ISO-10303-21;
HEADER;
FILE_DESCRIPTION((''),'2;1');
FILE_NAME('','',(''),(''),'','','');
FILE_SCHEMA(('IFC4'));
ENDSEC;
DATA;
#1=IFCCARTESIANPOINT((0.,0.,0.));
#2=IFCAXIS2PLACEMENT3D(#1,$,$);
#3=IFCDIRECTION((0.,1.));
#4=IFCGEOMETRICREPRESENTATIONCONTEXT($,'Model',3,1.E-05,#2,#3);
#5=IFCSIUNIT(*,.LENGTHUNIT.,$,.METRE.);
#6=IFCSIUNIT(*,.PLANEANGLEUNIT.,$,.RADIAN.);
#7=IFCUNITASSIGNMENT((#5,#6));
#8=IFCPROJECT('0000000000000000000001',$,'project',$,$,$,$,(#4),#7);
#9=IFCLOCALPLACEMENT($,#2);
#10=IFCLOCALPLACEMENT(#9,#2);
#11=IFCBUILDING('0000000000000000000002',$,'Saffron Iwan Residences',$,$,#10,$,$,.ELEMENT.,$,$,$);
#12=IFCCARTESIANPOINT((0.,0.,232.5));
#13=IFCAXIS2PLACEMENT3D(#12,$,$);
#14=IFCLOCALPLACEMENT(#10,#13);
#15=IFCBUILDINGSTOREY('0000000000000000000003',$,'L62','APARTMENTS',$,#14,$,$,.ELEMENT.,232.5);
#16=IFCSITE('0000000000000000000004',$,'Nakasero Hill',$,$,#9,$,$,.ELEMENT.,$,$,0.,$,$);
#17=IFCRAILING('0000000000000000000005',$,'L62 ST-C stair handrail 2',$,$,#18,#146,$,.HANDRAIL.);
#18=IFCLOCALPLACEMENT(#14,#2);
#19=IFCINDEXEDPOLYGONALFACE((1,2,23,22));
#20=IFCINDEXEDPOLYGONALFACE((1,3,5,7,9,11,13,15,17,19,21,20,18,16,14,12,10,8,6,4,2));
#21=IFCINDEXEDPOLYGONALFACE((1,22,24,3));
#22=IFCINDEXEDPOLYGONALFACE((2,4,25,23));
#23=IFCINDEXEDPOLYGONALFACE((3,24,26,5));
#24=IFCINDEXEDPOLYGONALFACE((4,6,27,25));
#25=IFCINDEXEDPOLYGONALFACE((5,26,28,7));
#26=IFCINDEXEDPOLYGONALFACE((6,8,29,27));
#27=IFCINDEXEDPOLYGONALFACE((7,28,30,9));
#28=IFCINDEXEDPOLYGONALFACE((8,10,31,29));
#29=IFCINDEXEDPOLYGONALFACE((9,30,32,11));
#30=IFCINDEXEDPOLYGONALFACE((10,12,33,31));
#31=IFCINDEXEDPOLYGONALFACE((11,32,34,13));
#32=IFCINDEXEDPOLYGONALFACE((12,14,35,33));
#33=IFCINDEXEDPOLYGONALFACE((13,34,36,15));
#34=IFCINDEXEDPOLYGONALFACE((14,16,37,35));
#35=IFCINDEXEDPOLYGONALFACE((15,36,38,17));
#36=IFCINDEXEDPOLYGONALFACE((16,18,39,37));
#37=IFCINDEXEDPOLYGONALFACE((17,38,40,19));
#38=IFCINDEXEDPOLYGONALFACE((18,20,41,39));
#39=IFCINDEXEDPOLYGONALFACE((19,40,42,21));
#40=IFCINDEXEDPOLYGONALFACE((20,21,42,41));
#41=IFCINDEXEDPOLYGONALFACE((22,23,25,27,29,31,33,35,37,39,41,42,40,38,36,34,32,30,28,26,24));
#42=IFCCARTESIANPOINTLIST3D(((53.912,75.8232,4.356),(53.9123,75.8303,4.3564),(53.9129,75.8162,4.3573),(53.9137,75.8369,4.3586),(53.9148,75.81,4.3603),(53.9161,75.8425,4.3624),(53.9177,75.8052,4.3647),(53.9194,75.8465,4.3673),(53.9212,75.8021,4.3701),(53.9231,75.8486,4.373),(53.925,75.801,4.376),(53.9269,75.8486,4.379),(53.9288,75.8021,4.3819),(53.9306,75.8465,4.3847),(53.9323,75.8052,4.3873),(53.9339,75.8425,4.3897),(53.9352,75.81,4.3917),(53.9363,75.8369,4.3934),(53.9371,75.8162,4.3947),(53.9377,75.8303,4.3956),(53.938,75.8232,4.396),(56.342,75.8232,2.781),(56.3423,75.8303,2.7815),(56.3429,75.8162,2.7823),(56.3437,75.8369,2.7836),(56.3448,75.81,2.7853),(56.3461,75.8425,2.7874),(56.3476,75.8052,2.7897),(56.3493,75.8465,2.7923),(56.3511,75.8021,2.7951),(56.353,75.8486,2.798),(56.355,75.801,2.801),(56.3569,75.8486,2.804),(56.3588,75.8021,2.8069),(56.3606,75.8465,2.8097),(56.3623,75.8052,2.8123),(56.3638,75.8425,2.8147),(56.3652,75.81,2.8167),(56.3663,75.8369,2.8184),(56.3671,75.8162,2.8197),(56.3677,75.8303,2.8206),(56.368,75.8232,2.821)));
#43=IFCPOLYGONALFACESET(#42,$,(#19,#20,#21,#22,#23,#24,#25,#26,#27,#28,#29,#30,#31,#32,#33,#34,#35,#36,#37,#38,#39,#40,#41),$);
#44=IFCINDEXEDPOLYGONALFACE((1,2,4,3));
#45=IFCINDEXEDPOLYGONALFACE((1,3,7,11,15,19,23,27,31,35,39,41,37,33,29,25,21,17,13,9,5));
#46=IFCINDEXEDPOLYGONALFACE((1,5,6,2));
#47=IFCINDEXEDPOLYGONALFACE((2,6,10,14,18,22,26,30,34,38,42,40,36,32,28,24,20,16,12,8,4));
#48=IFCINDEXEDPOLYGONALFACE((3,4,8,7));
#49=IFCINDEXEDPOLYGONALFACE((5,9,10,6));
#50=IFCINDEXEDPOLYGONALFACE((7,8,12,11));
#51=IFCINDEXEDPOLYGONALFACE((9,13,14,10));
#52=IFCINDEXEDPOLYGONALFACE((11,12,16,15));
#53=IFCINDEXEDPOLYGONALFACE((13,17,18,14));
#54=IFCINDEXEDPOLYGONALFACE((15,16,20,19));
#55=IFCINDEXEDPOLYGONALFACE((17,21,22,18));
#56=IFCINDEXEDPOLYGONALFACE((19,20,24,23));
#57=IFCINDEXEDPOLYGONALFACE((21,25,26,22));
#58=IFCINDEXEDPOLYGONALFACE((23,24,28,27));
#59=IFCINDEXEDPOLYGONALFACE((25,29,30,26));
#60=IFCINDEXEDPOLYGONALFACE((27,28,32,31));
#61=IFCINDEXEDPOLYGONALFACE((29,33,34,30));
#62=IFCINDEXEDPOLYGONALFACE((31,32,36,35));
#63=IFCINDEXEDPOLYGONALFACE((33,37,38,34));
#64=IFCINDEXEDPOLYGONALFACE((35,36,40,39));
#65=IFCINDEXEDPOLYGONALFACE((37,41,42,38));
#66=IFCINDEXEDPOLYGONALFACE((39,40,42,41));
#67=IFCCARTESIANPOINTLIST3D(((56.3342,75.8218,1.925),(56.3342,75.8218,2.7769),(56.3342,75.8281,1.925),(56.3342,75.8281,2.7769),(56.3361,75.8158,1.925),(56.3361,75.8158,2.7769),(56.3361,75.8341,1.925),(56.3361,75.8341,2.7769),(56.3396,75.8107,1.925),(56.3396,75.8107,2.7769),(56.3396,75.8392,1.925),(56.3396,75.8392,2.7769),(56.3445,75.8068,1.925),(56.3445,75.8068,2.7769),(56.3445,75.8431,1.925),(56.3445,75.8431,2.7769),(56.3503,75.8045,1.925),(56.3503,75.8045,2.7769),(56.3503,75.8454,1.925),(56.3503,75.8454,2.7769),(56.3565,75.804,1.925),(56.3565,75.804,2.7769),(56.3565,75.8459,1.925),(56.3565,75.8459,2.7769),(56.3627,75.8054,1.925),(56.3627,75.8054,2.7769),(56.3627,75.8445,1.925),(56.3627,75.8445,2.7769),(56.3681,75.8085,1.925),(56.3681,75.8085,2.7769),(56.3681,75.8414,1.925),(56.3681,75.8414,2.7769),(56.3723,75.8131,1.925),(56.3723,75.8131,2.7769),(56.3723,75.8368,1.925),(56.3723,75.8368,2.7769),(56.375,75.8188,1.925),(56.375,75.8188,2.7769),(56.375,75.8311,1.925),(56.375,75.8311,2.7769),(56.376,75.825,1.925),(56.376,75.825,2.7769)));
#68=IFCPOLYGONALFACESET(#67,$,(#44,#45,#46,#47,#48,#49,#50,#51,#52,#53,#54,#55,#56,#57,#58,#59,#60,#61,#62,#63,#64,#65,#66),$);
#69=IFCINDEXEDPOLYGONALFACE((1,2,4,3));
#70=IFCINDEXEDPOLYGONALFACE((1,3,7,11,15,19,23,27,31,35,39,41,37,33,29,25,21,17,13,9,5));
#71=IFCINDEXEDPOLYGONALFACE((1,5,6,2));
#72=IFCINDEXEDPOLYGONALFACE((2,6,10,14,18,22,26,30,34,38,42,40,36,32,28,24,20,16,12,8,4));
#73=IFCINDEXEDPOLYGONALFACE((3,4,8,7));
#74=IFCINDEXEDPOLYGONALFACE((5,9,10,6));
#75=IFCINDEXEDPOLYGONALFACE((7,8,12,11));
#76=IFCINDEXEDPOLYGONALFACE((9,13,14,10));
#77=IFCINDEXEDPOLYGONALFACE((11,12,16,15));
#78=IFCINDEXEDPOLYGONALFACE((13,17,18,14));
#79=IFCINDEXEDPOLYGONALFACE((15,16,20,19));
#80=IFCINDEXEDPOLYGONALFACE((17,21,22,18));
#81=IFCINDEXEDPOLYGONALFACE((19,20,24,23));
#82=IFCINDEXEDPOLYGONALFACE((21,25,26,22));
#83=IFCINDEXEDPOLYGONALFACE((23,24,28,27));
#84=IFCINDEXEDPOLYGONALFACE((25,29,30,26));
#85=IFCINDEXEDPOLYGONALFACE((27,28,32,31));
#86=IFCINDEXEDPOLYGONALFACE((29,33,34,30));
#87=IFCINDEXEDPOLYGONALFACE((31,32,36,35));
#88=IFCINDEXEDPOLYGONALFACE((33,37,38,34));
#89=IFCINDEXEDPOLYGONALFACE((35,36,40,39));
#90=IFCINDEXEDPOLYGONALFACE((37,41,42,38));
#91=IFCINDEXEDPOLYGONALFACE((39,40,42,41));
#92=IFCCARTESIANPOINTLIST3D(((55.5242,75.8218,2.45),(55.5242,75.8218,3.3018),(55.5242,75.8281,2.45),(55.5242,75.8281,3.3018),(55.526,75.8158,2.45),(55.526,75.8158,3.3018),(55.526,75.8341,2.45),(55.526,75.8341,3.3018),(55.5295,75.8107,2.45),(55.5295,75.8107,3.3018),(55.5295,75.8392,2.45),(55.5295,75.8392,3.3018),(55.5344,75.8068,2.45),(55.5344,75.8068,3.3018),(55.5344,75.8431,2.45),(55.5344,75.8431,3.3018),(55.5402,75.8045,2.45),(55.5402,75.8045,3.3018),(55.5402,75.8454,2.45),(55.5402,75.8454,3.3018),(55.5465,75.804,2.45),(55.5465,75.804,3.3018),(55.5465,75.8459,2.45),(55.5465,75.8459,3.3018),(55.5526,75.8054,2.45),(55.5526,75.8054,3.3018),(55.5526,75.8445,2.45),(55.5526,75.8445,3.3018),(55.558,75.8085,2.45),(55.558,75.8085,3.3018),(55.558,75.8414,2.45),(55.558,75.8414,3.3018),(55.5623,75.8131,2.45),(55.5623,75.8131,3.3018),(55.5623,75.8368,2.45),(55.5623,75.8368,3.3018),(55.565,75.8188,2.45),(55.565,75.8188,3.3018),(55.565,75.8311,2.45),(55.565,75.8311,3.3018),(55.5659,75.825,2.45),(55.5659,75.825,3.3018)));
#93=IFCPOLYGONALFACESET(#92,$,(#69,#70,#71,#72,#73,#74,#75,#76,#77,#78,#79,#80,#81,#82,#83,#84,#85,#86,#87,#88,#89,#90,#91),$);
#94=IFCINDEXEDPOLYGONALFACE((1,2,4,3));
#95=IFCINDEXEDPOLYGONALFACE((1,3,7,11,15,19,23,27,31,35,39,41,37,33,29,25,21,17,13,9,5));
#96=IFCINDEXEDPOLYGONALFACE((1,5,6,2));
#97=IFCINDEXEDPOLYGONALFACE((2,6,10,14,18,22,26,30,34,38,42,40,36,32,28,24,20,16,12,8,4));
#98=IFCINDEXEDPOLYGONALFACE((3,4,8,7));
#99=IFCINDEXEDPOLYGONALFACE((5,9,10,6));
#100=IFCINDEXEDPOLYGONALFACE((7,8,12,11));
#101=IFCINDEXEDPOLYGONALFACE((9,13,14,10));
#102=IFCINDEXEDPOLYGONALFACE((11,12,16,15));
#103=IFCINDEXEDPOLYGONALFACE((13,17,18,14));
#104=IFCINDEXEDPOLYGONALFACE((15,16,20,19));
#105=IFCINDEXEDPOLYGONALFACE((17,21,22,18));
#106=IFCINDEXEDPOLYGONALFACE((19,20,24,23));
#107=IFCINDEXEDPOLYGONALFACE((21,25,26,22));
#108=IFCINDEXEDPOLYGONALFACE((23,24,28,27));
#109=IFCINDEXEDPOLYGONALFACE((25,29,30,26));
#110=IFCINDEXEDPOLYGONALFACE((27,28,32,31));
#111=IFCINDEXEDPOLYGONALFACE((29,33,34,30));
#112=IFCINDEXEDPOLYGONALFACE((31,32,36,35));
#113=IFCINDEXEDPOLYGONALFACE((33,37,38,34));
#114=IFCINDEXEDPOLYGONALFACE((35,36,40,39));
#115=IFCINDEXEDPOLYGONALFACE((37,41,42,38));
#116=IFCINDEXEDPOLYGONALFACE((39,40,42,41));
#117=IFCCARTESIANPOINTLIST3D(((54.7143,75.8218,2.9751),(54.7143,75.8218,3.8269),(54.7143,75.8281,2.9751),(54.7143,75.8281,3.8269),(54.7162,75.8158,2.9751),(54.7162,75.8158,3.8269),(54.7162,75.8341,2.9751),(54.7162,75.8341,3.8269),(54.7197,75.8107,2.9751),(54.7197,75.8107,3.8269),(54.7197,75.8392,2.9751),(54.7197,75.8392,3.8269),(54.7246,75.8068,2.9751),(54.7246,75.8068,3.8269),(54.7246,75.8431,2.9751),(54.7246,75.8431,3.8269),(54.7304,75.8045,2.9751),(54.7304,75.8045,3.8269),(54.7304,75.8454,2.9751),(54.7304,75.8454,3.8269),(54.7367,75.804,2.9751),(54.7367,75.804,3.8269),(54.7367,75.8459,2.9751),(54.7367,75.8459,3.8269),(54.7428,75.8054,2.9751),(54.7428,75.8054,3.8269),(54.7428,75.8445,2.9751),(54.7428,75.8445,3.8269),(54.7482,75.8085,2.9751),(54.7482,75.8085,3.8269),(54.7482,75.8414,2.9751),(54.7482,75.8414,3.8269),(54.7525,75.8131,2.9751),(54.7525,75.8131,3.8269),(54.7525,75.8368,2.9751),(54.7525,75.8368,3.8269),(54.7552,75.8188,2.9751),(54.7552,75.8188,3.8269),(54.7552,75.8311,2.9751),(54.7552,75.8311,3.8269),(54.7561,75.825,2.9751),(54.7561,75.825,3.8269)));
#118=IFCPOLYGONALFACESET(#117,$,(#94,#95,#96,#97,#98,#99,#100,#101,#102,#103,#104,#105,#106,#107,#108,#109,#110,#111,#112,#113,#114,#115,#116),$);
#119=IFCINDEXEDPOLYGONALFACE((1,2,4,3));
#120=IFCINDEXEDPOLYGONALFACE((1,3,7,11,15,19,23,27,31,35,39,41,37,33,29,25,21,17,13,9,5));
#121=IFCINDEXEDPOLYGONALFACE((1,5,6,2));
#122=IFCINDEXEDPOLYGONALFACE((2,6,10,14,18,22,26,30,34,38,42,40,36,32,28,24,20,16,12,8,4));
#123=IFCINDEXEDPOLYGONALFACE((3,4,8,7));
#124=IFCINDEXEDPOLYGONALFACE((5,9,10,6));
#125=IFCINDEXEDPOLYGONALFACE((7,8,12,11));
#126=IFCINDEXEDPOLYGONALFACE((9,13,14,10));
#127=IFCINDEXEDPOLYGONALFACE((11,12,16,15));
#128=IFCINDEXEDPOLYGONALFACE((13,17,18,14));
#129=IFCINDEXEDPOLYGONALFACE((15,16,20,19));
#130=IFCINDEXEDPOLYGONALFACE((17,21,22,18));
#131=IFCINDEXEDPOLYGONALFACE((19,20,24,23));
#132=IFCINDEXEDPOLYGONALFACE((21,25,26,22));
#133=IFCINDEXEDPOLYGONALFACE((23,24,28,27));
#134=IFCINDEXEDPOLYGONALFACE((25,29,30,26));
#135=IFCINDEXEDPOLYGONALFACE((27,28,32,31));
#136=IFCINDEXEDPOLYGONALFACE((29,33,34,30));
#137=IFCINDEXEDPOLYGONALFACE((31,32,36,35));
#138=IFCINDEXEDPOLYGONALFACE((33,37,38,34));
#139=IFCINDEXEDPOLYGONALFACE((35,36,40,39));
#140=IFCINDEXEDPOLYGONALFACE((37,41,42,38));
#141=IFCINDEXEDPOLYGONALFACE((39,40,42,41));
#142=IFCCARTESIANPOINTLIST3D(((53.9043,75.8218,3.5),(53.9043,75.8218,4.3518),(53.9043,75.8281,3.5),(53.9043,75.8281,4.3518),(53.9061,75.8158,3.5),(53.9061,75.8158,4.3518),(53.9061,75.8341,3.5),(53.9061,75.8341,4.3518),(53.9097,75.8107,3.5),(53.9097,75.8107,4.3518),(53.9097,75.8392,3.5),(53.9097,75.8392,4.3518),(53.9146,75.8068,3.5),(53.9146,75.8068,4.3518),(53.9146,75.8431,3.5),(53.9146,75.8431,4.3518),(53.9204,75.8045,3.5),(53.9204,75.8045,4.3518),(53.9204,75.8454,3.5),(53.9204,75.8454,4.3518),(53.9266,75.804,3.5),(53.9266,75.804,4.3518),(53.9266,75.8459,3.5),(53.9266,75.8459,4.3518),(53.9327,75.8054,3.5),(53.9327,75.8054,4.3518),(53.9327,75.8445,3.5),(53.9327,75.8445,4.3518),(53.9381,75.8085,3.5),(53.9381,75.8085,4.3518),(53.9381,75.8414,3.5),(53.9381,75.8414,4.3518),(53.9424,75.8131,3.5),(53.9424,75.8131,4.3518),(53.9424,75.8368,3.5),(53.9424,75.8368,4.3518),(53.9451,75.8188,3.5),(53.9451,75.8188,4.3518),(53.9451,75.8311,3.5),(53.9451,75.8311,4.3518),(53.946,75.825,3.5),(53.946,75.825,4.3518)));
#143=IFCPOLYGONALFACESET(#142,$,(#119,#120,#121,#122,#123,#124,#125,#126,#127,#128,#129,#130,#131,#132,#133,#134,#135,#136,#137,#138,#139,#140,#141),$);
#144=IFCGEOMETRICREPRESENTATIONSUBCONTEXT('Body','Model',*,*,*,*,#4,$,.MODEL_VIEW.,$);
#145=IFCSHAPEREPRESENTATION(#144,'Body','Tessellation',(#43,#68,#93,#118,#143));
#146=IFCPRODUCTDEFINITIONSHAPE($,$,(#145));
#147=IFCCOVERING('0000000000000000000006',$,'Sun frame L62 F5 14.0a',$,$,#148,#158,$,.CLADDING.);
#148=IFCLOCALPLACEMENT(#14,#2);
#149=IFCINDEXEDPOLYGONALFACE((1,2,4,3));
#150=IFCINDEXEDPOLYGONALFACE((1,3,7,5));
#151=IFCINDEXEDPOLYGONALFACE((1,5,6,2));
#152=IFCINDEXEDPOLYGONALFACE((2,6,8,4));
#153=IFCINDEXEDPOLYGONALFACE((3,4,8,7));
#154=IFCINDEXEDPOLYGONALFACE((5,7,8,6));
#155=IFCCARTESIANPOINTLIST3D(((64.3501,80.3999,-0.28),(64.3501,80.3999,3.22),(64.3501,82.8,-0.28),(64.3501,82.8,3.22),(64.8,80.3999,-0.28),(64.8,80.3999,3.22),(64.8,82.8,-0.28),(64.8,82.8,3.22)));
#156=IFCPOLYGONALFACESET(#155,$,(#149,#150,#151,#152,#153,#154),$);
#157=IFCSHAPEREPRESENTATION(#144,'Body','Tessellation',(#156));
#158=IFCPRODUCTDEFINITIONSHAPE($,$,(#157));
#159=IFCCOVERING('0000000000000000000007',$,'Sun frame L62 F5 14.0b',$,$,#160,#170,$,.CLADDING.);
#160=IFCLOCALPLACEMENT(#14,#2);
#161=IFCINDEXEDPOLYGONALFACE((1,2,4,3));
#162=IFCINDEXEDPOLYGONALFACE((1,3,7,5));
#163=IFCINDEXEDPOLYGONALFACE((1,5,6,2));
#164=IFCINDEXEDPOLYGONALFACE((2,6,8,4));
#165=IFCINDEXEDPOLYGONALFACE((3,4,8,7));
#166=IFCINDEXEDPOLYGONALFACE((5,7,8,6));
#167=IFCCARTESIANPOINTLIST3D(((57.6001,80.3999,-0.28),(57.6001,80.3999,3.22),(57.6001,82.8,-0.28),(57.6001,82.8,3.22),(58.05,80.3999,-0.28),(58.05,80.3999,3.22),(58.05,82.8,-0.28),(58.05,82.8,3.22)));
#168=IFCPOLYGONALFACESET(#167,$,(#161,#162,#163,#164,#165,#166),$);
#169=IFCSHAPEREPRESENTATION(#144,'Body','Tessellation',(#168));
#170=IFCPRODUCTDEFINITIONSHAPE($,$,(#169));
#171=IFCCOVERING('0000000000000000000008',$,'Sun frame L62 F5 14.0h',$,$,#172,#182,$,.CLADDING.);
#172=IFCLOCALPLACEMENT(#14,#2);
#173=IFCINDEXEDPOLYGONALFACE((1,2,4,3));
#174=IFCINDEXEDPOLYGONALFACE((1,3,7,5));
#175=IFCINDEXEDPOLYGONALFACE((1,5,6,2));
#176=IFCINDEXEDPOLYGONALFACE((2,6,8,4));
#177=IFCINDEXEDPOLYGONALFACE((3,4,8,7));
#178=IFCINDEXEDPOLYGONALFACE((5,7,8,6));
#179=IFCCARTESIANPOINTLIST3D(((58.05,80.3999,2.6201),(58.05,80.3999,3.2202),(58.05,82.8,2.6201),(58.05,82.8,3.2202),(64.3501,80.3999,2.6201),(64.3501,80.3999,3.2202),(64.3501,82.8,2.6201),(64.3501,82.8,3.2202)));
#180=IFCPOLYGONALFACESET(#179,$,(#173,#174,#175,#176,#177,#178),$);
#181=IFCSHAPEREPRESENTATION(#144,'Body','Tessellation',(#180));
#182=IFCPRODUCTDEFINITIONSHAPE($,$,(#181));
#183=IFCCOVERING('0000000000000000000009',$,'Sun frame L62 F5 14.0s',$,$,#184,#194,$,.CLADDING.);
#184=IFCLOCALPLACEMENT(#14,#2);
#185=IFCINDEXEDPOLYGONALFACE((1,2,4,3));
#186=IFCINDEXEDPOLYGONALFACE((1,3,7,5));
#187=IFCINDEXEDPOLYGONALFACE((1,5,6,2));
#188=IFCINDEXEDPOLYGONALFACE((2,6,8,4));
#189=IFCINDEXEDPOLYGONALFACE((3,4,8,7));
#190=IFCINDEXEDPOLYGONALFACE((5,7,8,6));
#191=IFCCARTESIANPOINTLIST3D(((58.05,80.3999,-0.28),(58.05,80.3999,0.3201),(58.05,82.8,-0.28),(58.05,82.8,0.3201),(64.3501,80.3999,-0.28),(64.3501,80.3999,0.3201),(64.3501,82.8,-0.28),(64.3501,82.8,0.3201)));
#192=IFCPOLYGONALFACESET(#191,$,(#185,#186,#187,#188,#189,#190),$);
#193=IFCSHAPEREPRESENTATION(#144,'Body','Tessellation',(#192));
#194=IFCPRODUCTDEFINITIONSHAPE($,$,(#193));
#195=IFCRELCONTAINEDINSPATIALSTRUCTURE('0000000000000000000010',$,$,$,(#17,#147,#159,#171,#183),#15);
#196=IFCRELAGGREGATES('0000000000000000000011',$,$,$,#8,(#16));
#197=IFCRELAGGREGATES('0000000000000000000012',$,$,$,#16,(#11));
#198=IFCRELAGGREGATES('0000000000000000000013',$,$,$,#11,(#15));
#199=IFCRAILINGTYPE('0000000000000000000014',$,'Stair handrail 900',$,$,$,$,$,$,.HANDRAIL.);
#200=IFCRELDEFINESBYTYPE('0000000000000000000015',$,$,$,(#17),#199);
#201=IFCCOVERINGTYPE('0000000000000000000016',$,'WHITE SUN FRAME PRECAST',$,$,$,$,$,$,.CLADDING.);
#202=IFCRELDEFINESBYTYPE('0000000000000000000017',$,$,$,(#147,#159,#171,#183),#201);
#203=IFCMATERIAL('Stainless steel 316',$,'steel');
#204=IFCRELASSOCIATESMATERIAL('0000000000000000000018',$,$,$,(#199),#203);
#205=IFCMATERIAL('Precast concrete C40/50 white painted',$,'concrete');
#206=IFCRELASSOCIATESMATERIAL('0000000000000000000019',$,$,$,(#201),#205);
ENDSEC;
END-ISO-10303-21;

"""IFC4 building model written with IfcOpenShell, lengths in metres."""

from ifc_helpers import new_model, si_unit, direction, frame, origin, origin_2d, place, context, subcontext, project, spatial, polyline, circle, outline, extrude, material, type_object, element, save


model = new_model("IFC4")

# Units and contexts
model_context = context("Model", 3, precision=1e-05, world=origin(), true_north=direction((0.0, 1.0)))
body_context = subcontext(model_context, "Body", "Model", "MODEL_VIEW")
ifc_project = project(units=[si_unit("LENGTHUNIT", "METRE"), si_unit("PLANEANGLEUNIT", "RADIAN")], contexts=[model_context])

# Site, building, storey
site_placement = place(None, origin())
site = spatial("IfcSite", under=ifc_project, at=site_placement, Name="Nakasero Hill", CompositionType="ELEMENT", RefElevation=0.0)
building_placement = place(site_placement, origin())
building = spatial("IfcBuilding", under=site, at=building_placement, Name="Saffron Iwan Residences", CompositionType="ELEMENT")
storey_placement = place(building_placement, frame((0.0, 0.0, 232.5)))
storey = spatial("IfcBuildingStorey", under=building, at=storey_placement, Name="L62", Description="APARTMENTS", CompositionType="ELEMENT", Elevation=232.5)

# Railing
ifc_material_1 = material(Name="Stainless steel 316", Category="steel")
railing_type = type_object("IfcRailingType", Name="Stair handrail 900", PredefinedType="HANDRAIL", material=ifc_material_1)
railing_placement = place(storey_placement, frame((56.355, 75.825, 1.925)))
element("IfcRailing", 1, at=railing_placement, inside=storey, type_object=railing_type, Name="L62 ST-C stair handrail 2", PredefinedType="HANDRAIL", context=body_context, shape_type="SweptSolid", body=[
    extrude(circle(Radius=0.0239, at=origin_2d()), frame((0.0, 0.0, 0.876), z_axis=(-0.839154, 0.0, 0.543894), x_axis=(0.0, -1.0, 0.0)), (0.0, 0.0, 1.0), 2.8958),
    extrude(circle(Radius=0.021, at=origin_2d()), origin(), (0.0, 0.0, 1.0), 0.8518),
    extrude(circle(Radius=0.021, at=origin_2d()), frame((-0.8101, 0.0, 0.5249)), (0.0, 0.0, 1.0), 0.8518),
    extrude(circle(Radius=0.021, at=origin_2d()), frame((-1.6199, 0.0, 1.05)), (0.0, 0.0, 1.0), 0.8518),
    extrude(circle(Radius=0.021, at=origin_2d()), frame((-2.4299, 0.0, 1.575)), (0.0, 0.0, 1.0), 0.8518),
])

# Coverings
ifc_material_2 = material(Name="Precast concrete C40/50 white painted", Category="concrete")
covering_type_1 = type_object("IfcCoveringType", Name="WHITE SUN FRAME PRECAST", PredefinedType="CLADDING", material=ifc_material_2)
for number, where, z_axis, x_axis, name in (
    (2, (64.8, 80.3999, -0.28), (0.0, 1.0, 0.0), (-1.0, 0.0, 0.0), "Sun frame L62 F5 14.0a"),
    (3, (58.05, 80.3999, -0.28), (0.0, 1.0, 0.0), (-1.0, 0.0, 0.0), "Sun frame L62 F5 14.0b"),
):
    element("IfcCovering", number, at=place(storey_placement, frame(where, z_axis=z_axis, x_axis=x_axis)), inside=storey, type_object=covering_type_1, Name=name, PredefinedType="CLADDING", context=body_context, shape_type="SweptSolid", body=[
        extrude(outline(polyline([(0.0, 0.0), (0.45, 0.0), (0.45, 3.5), (0.0, 3.5), (0.0, 0.0)])), origin(), (0.0, 0.0, 1.0), 2.4001),
    ])
for number, where, z_axis, x_axis, name in (
    (4, (64.3501, 80.3999, 2.6201), (0.0, 1.0, 0.0), (-1.0, 0.0, 0.0), "Sun frame L62 F5 14.0h"),
    (5, (64.3501, 80.3999, -0.28), (0.0, 1.0, 0.0), (-1.0, 0.0, 0.0), "Sun frame L62 F5 14.0s"),
):
    element("IfcCovering", number, at=place(storey_placement, frame(where, z_axis=z_axis, x_axis=x_axis)), inside=storey, type_object=covering_type_1, Name=name, PredefinedType="CLADDING", context=body_context, shape_type="SweptSolid", body=[
        extrude(outline(polyline([(0.0, 0.0), (6.3, 0.0), (6.3, 0.6001), (0.0, 0.6001), (0.0, 0.0)])), origin(), (0.0, 0.0, 1.0), 2.4001),
    ])

save(model, "model.ifc")
